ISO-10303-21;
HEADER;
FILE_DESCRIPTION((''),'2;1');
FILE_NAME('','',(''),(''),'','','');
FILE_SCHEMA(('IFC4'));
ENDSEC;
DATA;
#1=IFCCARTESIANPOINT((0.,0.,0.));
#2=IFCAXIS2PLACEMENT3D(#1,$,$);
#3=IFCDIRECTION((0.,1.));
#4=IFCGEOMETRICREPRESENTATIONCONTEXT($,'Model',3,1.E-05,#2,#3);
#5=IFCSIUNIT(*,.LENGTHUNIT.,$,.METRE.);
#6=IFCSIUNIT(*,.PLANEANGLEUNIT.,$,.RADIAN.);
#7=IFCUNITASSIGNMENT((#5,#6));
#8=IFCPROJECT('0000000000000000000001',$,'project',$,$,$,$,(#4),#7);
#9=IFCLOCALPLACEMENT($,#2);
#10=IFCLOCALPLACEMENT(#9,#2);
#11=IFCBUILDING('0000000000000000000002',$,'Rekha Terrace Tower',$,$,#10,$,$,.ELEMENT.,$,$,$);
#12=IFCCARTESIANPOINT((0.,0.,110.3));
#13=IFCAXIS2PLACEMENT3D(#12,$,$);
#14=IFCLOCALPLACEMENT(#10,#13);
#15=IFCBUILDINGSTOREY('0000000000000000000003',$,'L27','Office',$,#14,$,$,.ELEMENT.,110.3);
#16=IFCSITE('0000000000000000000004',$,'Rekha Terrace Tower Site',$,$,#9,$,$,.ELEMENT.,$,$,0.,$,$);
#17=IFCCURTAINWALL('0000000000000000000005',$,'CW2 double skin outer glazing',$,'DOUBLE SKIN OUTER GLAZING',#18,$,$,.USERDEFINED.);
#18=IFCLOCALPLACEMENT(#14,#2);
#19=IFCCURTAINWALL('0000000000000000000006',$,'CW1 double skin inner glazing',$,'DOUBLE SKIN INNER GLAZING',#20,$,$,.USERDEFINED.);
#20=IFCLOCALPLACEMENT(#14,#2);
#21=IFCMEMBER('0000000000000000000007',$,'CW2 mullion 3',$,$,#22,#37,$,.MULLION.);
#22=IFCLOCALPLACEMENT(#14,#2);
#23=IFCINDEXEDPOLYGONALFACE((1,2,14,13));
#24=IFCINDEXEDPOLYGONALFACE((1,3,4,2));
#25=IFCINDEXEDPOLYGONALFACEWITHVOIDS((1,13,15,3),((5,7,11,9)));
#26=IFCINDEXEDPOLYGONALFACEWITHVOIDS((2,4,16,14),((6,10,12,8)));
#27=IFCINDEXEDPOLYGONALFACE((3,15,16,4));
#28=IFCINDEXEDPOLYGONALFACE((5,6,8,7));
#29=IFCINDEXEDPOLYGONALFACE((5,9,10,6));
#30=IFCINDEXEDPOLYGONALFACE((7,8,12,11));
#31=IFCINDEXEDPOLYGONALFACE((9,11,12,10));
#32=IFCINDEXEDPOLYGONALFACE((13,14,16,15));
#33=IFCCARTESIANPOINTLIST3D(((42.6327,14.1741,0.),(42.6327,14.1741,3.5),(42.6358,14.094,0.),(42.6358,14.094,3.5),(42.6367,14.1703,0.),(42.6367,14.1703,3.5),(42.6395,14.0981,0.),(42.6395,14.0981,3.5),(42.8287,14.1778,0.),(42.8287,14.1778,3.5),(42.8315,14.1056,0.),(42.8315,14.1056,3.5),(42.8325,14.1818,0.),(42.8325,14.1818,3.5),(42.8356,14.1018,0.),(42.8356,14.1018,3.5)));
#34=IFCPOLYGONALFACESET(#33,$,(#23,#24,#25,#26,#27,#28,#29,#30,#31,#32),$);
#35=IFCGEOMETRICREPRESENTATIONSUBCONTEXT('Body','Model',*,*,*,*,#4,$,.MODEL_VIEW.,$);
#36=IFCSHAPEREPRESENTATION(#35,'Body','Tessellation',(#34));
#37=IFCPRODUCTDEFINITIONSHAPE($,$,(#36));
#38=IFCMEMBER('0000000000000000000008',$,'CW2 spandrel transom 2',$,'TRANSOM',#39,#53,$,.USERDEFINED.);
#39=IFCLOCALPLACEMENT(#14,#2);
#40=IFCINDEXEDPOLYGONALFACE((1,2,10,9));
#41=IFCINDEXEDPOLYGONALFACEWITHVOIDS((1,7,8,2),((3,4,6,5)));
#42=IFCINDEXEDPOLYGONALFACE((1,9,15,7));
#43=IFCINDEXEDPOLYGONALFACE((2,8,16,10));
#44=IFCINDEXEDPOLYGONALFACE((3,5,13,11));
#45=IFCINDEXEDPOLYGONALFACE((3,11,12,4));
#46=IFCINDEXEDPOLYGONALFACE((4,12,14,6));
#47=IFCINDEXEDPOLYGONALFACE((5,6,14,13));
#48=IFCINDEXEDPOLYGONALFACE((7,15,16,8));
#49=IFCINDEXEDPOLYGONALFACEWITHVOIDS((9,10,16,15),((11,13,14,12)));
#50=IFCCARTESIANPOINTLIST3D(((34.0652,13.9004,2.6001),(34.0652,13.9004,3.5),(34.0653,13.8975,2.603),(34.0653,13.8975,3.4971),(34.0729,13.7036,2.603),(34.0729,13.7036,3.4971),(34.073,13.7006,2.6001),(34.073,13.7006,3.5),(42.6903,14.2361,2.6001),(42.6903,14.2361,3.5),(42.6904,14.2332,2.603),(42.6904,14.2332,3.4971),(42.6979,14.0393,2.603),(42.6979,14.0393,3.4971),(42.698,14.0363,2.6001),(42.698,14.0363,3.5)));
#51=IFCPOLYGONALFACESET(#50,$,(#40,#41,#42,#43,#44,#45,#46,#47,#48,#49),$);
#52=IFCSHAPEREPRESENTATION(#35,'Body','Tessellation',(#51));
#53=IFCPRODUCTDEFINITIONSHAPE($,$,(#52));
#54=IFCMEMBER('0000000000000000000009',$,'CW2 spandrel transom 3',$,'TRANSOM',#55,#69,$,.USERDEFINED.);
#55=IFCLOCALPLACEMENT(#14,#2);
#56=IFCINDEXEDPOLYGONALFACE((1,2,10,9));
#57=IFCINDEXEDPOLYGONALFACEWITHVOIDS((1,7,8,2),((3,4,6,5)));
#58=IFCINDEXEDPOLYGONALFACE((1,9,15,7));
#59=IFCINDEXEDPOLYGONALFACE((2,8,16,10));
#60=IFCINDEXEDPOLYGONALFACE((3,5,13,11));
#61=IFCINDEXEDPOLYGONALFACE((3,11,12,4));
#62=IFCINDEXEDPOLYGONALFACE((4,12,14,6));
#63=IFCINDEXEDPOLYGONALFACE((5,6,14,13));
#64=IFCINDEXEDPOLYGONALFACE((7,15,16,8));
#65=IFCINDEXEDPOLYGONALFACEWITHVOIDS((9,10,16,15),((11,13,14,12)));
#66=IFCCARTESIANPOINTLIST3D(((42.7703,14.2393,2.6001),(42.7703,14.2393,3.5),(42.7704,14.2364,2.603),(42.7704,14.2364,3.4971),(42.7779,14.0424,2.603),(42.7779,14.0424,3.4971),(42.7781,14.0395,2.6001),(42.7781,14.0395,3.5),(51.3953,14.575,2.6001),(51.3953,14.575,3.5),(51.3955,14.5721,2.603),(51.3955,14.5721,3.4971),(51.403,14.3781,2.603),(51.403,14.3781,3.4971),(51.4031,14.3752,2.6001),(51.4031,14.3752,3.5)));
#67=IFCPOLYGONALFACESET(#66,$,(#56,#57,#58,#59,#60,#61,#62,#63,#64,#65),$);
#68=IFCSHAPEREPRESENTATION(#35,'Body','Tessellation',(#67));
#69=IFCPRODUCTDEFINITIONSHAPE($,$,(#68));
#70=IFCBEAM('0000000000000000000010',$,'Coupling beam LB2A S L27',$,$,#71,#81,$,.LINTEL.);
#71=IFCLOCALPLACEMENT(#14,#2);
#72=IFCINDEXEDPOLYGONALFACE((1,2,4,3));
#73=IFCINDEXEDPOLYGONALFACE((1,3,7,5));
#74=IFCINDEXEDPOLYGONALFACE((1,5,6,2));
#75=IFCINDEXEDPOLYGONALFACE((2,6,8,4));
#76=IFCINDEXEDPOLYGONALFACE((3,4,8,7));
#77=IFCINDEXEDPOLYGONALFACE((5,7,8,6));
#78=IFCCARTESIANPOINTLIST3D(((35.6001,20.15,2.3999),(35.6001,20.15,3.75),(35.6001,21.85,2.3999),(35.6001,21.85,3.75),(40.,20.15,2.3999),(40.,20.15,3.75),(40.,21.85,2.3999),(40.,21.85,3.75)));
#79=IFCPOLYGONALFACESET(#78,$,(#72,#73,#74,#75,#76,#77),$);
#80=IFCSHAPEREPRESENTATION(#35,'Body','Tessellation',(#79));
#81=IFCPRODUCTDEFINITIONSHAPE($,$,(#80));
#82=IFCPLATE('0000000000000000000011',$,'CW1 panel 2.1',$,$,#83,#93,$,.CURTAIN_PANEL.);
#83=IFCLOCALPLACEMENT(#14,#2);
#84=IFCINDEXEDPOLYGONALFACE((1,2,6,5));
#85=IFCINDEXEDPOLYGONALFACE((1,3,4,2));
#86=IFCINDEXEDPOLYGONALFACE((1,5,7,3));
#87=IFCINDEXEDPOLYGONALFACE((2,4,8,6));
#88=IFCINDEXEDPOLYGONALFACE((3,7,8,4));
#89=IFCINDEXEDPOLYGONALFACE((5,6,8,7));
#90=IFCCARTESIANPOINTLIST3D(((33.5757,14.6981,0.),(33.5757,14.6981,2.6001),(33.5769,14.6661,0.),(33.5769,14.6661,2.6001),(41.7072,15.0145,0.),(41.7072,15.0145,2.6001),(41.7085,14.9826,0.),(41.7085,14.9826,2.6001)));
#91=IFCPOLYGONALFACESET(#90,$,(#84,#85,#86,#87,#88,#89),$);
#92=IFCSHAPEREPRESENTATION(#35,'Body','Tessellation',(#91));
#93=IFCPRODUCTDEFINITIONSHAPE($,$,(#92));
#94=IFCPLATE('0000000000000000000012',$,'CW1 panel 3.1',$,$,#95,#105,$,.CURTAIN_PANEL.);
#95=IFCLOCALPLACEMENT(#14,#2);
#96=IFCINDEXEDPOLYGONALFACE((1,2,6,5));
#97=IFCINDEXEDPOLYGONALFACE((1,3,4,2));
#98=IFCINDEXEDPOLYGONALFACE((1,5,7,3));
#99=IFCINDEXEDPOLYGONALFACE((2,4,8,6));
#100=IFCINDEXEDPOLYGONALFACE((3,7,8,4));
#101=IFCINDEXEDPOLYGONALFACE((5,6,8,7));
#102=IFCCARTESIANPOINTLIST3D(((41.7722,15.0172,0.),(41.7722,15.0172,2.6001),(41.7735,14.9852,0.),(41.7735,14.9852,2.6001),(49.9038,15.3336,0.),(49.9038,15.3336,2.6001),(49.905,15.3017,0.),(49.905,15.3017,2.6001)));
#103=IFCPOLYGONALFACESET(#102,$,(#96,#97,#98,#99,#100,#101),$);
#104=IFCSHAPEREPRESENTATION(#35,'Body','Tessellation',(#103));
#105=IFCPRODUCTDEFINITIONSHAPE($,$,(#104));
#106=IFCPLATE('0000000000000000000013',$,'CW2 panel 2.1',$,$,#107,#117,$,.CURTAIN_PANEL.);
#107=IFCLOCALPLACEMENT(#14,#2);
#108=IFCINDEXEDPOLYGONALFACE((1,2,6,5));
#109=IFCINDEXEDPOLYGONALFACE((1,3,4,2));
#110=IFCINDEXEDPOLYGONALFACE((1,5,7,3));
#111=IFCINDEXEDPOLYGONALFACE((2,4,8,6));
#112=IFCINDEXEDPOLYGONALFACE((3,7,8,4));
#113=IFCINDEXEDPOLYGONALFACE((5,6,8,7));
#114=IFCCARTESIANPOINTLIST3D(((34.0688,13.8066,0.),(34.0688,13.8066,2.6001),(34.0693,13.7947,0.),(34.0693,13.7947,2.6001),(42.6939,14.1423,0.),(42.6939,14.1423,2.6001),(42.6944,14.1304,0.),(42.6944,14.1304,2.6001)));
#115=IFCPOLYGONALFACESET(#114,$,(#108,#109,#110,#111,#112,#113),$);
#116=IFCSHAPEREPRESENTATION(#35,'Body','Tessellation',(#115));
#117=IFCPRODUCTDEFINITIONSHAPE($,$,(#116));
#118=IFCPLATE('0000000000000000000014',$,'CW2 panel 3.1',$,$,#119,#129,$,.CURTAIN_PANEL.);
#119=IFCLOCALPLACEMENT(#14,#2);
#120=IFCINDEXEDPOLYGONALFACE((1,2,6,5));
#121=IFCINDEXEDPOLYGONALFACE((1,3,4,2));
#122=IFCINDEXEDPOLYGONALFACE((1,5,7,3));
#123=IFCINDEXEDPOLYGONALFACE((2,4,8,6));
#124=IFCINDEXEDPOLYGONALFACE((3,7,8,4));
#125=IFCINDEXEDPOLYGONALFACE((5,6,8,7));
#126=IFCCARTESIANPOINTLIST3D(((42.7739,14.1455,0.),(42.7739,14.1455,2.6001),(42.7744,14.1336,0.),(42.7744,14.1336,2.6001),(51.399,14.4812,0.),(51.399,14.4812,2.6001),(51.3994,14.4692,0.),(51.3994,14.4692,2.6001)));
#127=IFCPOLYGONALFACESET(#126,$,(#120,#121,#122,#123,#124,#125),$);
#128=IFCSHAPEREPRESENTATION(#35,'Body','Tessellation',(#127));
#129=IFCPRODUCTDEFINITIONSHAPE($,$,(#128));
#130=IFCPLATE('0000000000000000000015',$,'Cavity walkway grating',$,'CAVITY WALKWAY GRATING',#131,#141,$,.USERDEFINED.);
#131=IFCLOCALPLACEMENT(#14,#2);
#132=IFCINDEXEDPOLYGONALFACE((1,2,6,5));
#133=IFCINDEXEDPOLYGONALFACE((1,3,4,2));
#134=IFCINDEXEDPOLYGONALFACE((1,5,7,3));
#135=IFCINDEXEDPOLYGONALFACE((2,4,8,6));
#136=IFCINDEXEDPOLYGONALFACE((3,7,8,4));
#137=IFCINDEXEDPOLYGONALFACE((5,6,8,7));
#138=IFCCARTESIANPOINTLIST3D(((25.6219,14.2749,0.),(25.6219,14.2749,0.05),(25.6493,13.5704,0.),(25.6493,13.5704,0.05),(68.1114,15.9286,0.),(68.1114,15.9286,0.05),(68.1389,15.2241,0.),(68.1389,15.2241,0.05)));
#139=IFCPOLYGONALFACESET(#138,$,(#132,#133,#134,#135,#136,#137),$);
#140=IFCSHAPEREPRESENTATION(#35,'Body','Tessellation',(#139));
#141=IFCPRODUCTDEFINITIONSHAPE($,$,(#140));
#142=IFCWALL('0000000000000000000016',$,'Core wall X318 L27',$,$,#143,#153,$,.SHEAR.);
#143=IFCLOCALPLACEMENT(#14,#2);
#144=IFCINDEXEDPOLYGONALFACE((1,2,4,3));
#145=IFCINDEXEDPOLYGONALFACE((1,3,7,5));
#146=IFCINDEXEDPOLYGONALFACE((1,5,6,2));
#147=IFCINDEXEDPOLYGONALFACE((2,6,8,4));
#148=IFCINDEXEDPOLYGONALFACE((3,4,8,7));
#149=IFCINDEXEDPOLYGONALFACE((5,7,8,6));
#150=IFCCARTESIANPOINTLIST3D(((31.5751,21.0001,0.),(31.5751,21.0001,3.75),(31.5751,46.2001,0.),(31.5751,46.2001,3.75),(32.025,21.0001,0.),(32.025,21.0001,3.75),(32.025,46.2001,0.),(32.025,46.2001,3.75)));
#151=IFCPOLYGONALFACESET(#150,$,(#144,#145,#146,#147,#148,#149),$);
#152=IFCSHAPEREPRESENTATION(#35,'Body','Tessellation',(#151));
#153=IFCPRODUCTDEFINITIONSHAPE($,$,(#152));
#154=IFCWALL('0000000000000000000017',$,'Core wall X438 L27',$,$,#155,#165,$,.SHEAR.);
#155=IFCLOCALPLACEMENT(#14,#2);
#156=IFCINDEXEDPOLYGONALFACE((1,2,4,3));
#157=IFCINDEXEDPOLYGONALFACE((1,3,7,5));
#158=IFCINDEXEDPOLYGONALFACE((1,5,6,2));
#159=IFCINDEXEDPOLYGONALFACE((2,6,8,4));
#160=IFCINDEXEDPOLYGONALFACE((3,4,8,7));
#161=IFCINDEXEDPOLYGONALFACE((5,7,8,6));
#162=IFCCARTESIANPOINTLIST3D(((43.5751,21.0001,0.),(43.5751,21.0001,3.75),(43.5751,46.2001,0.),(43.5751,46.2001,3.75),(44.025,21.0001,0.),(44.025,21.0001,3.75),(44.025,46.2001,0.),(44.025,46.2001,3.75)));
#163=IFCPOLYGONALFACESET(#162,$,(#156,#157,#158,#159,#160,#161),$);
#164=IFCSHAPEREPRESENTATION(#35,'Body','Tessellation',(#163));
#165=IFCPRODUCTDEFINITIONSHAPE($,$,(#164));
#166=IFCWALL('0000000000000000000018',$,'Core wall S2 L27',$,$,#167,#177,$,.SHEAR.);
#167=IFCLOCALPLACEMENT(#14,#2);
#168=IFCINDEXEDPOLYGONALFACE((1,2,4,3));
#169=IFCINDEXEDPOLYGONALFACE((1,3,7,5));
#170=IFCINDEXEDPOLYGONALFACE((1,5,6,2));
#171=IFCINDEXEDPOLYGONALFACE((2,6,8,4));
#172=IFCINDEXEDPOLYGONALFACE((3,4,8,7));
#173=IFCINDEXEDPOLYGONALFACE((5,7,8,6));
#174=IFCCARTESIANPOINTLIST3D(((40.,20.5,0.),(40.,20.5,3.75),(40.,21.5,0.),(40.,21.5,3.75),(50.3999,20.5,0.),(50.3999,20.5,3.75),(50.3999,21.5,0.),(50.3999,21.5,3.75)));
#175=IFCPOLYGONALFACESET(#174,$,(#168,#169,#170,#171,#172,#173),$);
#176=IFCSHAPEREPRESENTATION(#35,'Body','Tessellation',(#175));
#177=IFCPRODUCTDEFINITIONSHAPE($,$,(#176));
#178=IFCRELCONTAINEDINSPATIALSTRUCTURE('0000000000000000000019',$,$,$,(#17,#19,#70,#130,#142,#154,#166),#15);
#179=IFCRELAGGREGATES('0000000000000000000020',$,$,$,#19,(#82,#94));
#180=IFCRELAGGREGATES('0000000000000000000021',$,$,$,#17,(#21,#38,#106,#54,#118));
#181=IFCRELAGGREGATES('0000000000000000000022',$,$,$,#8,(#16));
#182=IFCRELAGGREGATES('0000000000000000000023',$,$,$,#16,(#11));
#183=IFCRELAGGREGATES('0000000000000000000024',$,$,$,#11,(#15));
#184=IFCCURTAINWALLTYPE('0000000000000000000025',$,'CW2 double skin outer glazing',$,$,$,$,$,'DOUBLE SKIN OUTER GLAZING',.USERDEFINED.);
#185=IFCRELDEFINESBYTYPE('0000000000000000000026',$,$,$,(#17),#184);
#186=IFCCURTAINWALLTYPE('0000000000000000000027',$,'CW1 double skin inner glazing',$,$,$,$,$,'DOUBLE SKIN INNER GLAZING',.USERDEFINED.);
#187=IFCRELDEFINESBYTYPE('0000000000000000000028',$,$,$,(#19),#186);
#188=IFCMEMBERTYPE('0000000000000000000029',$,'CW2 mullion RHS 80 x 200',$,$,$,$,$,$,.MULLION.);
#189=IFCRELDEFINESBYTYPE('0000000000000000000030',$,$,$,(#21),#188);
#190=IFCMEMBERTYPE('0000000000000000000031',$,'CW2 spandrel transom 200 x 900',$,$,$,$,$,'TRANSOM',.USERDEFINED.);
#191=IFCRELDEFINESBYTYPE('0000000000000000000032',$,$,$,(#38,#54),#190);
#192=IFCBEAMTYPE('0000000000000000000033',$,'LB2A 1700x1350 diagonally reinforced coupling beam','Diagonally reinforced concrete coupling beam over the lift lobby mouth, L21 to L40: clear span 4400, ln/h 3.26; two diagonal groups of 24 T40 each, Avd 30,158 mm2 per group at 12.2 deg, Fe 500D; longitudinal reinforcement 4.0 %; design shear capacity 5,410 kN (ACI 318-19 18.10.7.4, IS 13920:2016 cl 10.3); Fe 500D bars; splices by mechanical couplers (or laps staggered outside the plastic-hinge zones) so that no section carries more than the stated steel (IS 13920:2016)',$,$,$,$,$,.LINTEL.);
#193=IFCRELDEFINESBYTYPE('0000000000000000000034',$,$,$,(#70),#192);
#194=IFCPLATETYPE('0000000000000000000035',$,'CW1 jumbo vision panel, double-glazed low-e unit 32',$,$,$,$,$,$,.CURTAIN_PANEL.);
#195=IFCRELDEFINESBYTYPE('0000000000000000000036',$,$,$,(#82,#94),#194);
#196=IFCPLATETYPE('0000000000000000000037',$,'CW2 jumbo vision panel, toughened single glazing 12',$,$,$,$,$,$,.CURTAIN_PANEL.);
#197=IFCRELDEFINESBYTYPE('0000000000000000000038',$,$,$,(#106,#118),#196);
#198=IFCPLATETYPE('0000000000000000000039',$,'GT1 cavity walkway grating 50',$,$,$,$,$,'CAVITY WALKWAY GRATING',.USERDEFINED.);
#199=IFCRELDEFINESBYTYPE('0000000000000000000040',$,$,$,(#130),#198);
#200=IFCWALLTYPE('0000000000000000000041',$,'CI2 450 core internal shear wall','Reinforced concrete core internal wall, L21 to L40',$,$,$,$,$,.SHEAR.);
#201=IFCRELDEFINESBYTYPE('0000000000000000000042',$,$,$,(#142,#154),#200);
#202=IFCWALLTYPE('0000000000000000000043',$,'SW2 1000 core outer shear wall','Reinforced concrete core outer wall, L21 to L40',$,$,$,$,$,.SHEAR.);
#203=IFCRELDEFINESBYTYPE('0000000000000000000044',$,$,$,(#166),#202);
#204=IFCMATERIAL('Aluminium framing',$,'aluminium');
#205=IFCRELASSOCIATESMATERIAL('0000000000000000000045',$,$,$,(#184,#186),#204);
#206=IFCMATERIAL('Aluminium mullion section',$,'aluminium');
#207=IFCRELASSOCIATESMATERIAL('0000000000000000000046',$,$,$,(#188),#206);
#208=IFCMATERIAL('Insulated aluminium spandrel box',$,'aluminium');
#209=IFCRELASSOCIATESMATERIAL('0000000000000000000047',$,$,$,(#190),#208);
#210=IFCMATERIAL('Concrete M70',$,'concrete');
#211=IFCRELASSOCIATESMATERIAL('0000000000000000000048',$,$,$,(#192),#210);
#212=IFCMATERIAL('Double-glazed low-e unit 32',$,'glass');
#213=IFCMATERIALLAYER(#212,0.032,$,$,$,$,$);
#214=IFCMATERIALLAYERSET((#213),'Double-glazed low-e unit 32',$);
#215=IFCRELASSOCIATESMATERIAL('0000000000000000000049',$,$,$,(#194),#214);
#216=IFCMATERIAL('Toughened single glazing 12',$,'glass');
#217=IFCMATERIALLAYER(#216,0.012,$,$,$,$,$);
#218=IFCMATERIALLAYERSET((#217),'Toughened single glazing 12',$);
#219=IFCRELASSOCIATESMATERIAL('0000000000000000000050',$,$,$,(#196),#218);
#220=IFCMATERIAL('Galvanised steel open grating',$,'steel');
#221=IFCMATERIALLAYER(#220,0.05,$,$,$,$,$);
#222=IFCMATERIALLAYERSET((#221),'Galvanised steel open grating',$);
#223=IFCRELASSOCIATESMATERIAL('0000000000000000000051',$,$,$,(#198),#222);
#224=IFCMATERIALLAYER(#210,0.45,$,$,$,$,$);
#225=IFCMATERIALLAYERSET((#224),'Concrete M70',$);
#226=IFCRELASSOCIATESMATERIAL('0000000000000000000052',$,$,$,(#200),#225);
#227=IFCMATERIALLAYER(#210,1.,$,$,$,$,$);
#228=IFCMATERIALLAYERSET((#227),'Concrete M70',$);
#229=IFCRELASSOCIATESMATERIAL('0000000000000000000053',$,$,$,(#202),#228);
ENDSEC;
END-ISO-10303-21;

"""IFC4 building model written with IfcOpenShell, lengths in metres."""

from ifc_helpers import new_model, si_unit, direction, frame, frame_2d, origin, origin_2d, place, context, subcontext, project, spatial, rectangle, hollow_rectangle, extrude, material, layer, layer_set, material_profile, profile_set, type_object, element, aggregate, save


model = new_model("IFC4")

# Units and contexts
model_context = context("Model", 3, precision=1e-05, world=origin(), true_north=direction((0.0, 1.0)))
body_context = subcontext(model_context, "Body", "Model", "MODEL_VIEW")
ifc_project = project(units=[si_unit("LENGTHUNIT", "METRE"), si_unit("PLANEANGLEUNIT", "RADIAN")], contexts=[model_context])

# Site, building, storey
site_placement = place(None, origin())
site = spatial("IfcSite", under=ifc_project, at=site_placement, Name="Rekha Terrace Tower Site", CompositionType="ELEMENT", RefElevation=0.0)
building_placement = place(site_placement, origin())
building = spatial("IfcBuilding", under=site, at=building_placement, Name="Rekha Terrace Tower", CompositionType="ELEMENT")
storey_placement = place(building_placement, frame((0.0, 0.0, 110.3)))
storey = spatial("IfcBuildingStorey", under=building, at=storey_placement, Name="L27", Description="Office", CompositionType="ELEMENT", Elevation=110.3)

# Shared definitions
ifc_material_1 = material(Name="Concrete M70", Category="concrete")

# Curtain walls
ifc_material_2 = material(Name="Aluminium framing", Category="aluminium")
curtain_wall_type_1 = type_object("IfcCurtainWallType", Name="CW2 double skin outer glazing", ElementType="DOUBLE SKIN OUTER GLAZING", PredefinedType="USERDEFINED", material=ifc_material_2)
curtain_wall_1_placement = place(storey_placement, origin())
curtain_wall_1 = element("IfcCurtainWall", 1, at=curtain_wall_1_placement, inside=storey, type_object=curtain_wall_type_1, Name="CW2 double skin outer glazing", ObjectType="DOUBLE SKIN OUTER GLAZING", PredefinedType="USERDEFINED")
curtain_wall_type_2 = type_object("IfcCurtainWallType", Name="CW1 double skin inner glazing", ElementType="DOUBLE SKIN INNER GLAZING", PredefinedType="USERDEFINED", material=ifc_material_2)
curtain_wall_2_placement = place(storey_placement, origin())
curtain_wall_2 = element("IfcCurtainWall", 2, at=curtain_wall_2_placement, inside=storey, type_object=curtain_wall_type_2, Name="CW1 double skin inner glazing", ObjectType="DOUBLE SKIN INNER GLAZING", PredefinedType="USERDEFINED")
ifc_material_3 = material(Name="Aluminium mullion section", Category="aluminium")
ifc_material_4 = material(Name="Insulated aluminium spandrel box", Category="aluminium")

# Members
ifc_material_profile_1 = material_profile(ifc_material_3, hollow_rectangle(XDim=0.0801, YDim=0.2, WallThickness=0.0039, at=origin_2d()), Name="AL RHS 80x200")
ifc_profile_set_1 = profile_set([ifc_material_profile_1], Name="Aluminium mullion section")
member_type_1 = type_object("IfcMemberType", Name="CW2 mullion RHS 80 x 200", PredefinedType="MULLION", material=ifc_profile_set_1)
member_1_placement = place(storey_placement, frame((42.7341, 14.1379, 0.0), z_axis=(0.0, 0.0, 1.0), x_axis=(-0.03889, 0.999243, 0.0)))
member_1 = element("IfcMember", 3, at=member_1_placement, type_object=member_type_1, Name="CW2 mullion 3", PredefinedType="MULLION", context=body_context, shape_type="SweptSolid", body=[
    extrude(hollow_rectangle(XDim=0.0801, YDim=0.2, WallThickness=0.0039, at=origin_2d()), origin(), (0.0, 0.0, 1.0), 3.5),
])
ifc_material_profile_2 = material_profile(ifc_material_4, hollow_rectangle(XDim=0.2, YDim=0.8999, WallThickness=0.0029, at=origin_2d()), Name="AL SPANDREL BOX 200x900")
ifc_profile_set_2 = profile_set([ifc_material_profile_2], Name="Insulated aluminium spandrel box")
member_type_2 = type_object("IfcMemberType", Name="CW2 spandrel transom 200 x 900", ElementType="TRANSOM", PredefinedType="USERDEFINED", material=ifc_profile_set_2)
member_2_placement = place(storey_placement, frame((34.0691, 13.8005, 3.05), z_axis=(0.999243, 0.038892, 0.0), x_axis=(-0.038892, 0.999243, 0.0)))
member_2 = element("IfcMember", 4, at=member_2_placement, type_object=member_type_2, Name="CW2 spandrel transom 2", ObjectType="TRANSOM", PredefinedType="USERDEFINED", context=body_context, shape_type="SweptSolid", body=[
    extrude(hollow_rectangle(XDim=0.2, YDim=0.8999, WallThickness=0.0029, at=origin_2d()), origin(), (0.0, 0.0, 1.0), 8.6316),
])
member_3_placement = place(storey_placement, frame((42.7742, 14.1394, 3.05), z_axis=(0.999243, 0.038892, 0.0), x_axis=(-0.038892, 0.999243, 0.0)))
member_3 = element("IfcMember", 5, at=member_3_placement, type_object=member_type_2, Name="CW2 spandrel transom 3", ObjectType="TRANSOM", PredefinedType="USERDEFINED", context=body_context, shape_type="SweptSolid", body=[
    extrude(hollow_rectangle(XDim=0.2, YDim=0.8999, WallThickness=0.0029, at=origin_2d()), origin(), (0.0, 0.0, 1.0), 8.6316),
])

# Beam
ifc_material_profile_3 = material_profile(ifc_material_1, rectangle(XDim=1.7, YDim=1.3501, at=origin_2d()), Name="RC 1700x1350")
ifc_profile_set_3 = profile_set([ifc_material_profile_3], Name="Concrete M70")
beam_type = type_object("IfcBeamType", Name="LB2A 1700x1350 diagonally reinforced coupling beam", Description="Diagonally reinforced concrete coupling beam over the lift lobby mouth, L21 to L40: clear span 4400, ln/h 3.26; two diagonal groups of 24 T40 each, Avd 30,158 mm2 per group at 12.2 deg, Fe 500D; longitudinal reinforcement 4.0 %; design shear capacity 5,410 kN (ACI 318-19 18.10.7.4, IS 13920:2016 cl 10.3); Fe 500D bars; splices by mechanical couplers (or laps staggered outside the plastic-hinge zones) so that no section carries more than the stated steel (IS 13920:2016)", PredefinedType="LINTEL", material=ifc_profile_set_3)
beam_placement = place(storey_placement, frame((35.6001, 21.0, 3.075), z_axis=(1.0, 0.0, 0.0), x_axis=(0.0, 1.0, 0.0)))
element("IfcBeam", 6, at=beam_placement, inside=storey, type_object=beam_type, Name="Coupling beam LB2A S L27", PredefinedType="LINTEL", context=body_context, shape_type="SweptSolid", body=[
    extrude(rectangle(XDim=1.7, YDim=1.3501, at=origin_2d()), origin(), (0.0, 0.0, 1.0), 4.3999),
])

# Plates
ifc_material_5 = material(Name="Double-glazed low-e unit 32", Category="glass")
ifc_layer_1 = layer(ifc_material_5, 0.032)
ifc_layer_set_1 = layer_set([ifc_layer_1], Name="Double-glazed low-e unit 32")
plate_type_1 = type_object("IfcPlateType", Name="CW1 jumbo vision panel, double-glazed low-e unit 32", PredefinedType="CURTAIN_PANEL", material=ifc_layer_set_1)
plate_1_placement = place(storey_placement, frame((37.6421, 14.8403, 0.0), z_axis=(0.0, 0.0, 1.0), x_axis=(0.999243, 0.03889, 0.0)))
plate_1 = element("IfcPlate", 7, at=plate_1_placement, type_object=plate_type_1, Name="CW1 panel 2.1", PredefinedType="CURTAIN_PANEL", context=body_context, shape_type="SweptSolid", body=[
    extrude(rectangle(XDim=8.1377, YDim=0.032, at=origin_2d()), origin(), (0.0, 0.0, 1.0), 2.6001),
])
plate_2_placement = place(storey_placement, frame((45.8386, 15.1594, 0.0), z_axis=(0.0, 0.0, 1.0), x_axis=(0.999243, 0.03889, 0.0)))
plate_2 = element("IfcPlate", 8, at=plate_2_placement, type_object=plate_type_1, Name="CW1 panel 3.1", PredefinedType="CURTAIN_PANEL", context=body_context, shape_type="SweptSolid", body=[
    extrude(rectangle(XDim=8.1377, YDim=0.032, at=origin_2d()), origin(), (0.0, 0.0, 1.0), 2.6001),
])
aggregate(curtain_wall_2, [plate_1, plate_2])
ifc_material_6 = material(Name="Toughened single glazing 12", Category="glass")
ifc_layer_2 = layer(ifc_material_6, 0.012)
ifc_layer_set_2 = layer_set([ifc_layer_2], Name="Toughened single glazing 12")
plate_type_2 = type_object("IfcPlateType", Name="CW2 jumbo vision panel, toughened single glazing 12", PredefinedType="CURTAIN_PANEL", material=ifc_layer_set_2)
plate_3_placement = place(storey_placement, frame((38.3816, 13.9685, 0.0), z_axis=(0.0, 0.0, 1.0), x_axis=(0.999243, 0.03889, 0.0)))
plate_3 = element("IfcPlate", 9, at=plate_3_placement, type_object=plate_type_2, Name="CW2 panel 2.1", PredefinedType="CURTAIN_PANEL", context=body_context, shape_type="SweptSolid", body=[
    extrude(rectangle(XDim=8.6316, YDim=0.012, at=origin_2d()), origin(), (0.0, 0.0, 1.0), 2.6001),
])
plate_4_placement = place(storey_placement, frame((47.0867, 14.3074, 0.0), z_axis=(0.0, 0.0, 1.0), x_axis=(0.999243, 0.03889, 0.0)))
plate_4 = element("IfcPlate", 10, at=plate_4_placement, type_object=plate_type_2, Name="CW2 panel 3.1", PredefinedType="CURTAIN_PANEL", context=body_context, shape_type="SweptSolid", body=[
    extrude(rectangle(XDim=8.6316, YDim=0.012, at=origin_2d()), origin(), (0.0, 0.0, 1.0), 2.6001),
])
aggregate(curtain_wall_1, [member_1, member_2, plate_3, member_3, plate_4])
ifc_material_7 = material(Name="Galvanised steel open grating", Category="steel")
ifc_layer_3 = layer(ifc_material_7, 0.05)
ifc_layer_set_3 = layer_set([ifc_layer_3], Name="Galvanised steel open grating")
plate_type_3 = type_object("IfcPlateType", Name="GT1 cavity walkway grating 50", ElementType="CAVITY WALKWAY GRATING", PredefinedType="USERDEFINED", material=ifc_layer_set_3)
plate_5_placement = place(storey_placement, frame((46.8804, 14.7495, 0.0), z_axis=(0.0, 0.0, 1.0), x_axis=(0.999243, 0.03889, 0.0)))
element("IfcPlate", 11, at=plate_5_placement, inside=storey, type_object=plate_type_3, Name="Cavity walkway grating", ObjectType="CAVITY WALKWAY GRATING", PredefinedType="USERDEFINED", context=body_context, shape_type="SweptSolid", body=[
    extrude(rectangle(XDim=42.5217, YDim=0.7051, at=origin_2d()), origin(), (0.0, 0.0, 1.0), 0.05),
])

# Walls
ifc_layer_4 = layer(ifc_material_1, 0.45)
ifc_layer_set_4 = layer_set([ifc_layer_4], Name="Concrete M70")
wall_type_1 = type_object("IfcWallType", Name="CI2 450 core internal shear wall", Description="Reinforced concrete core internal wall, L21 to L40", PredefinedType="SHEAR", material=ifc_layer_set_4)
for number, where, z_axis, x_axis, name in (
    (12, (31.8, 21.0, 0.0), (0.0, 0.0, 1.0), (0.0, 1.0, 0.0), "Core wall X318 L27"),
    (13, (43.8, 21.0, 0.0), (0.0, 0.0, 1.0), (0.0, 1.0, 0.0), "Core wall X438 L27"),
):
    element("IfcWall", number, at=place(storey_placement, frame(where, z_axis=z_axis, x_axis=x_axis)), inside=storey, type_object=wall_type_1, Name=name, PredefinedType="SHEAR", context=body_context, shape_type="SweptSolid", body=[
        extrude(rectangle(XDim=25.2, YDim=0.45, at=frame_2d((12.6001, 0.0))), origin(), (0.0, 0.0, 1.0), 3.75),
    ])
ifc_layer_5 = layer(ifc_material_1, 1.0)
ifc_layer_set_5 = layer_set([ifc_layer_5], Name="Concrete M70")
wall_type_2 = type_object("IfcWallType", Name="SW2 1000 core outer shear wall", Description="Reinforced concrete core outer wall, L21 to L40", PredefinedType="SHEAR", material=ifc_layer_set_5)
wall_1_placement = place(storey_placement, frame((40.0, 21.0, 0.0), z_axis=(0.0, 0.0, 1.0), x_axis=(1.0, 0.0, 0.0)))
element("IfcWall", 14, at=wall_1_placement, inside=storey, type_object=wall_type_2, Name="Core wall S2 L27", PredefinedType="SHEAR", context=body_context, shape_type="SweptSolid", body=[
    extrude(rectangle(XDim=10.3999, YDim=1.0, at=frame_2d((5.2, 0.0))), origin(), (0.0, 0.0, 1.0), 3.75),
])

save(model, "model.ifc")
